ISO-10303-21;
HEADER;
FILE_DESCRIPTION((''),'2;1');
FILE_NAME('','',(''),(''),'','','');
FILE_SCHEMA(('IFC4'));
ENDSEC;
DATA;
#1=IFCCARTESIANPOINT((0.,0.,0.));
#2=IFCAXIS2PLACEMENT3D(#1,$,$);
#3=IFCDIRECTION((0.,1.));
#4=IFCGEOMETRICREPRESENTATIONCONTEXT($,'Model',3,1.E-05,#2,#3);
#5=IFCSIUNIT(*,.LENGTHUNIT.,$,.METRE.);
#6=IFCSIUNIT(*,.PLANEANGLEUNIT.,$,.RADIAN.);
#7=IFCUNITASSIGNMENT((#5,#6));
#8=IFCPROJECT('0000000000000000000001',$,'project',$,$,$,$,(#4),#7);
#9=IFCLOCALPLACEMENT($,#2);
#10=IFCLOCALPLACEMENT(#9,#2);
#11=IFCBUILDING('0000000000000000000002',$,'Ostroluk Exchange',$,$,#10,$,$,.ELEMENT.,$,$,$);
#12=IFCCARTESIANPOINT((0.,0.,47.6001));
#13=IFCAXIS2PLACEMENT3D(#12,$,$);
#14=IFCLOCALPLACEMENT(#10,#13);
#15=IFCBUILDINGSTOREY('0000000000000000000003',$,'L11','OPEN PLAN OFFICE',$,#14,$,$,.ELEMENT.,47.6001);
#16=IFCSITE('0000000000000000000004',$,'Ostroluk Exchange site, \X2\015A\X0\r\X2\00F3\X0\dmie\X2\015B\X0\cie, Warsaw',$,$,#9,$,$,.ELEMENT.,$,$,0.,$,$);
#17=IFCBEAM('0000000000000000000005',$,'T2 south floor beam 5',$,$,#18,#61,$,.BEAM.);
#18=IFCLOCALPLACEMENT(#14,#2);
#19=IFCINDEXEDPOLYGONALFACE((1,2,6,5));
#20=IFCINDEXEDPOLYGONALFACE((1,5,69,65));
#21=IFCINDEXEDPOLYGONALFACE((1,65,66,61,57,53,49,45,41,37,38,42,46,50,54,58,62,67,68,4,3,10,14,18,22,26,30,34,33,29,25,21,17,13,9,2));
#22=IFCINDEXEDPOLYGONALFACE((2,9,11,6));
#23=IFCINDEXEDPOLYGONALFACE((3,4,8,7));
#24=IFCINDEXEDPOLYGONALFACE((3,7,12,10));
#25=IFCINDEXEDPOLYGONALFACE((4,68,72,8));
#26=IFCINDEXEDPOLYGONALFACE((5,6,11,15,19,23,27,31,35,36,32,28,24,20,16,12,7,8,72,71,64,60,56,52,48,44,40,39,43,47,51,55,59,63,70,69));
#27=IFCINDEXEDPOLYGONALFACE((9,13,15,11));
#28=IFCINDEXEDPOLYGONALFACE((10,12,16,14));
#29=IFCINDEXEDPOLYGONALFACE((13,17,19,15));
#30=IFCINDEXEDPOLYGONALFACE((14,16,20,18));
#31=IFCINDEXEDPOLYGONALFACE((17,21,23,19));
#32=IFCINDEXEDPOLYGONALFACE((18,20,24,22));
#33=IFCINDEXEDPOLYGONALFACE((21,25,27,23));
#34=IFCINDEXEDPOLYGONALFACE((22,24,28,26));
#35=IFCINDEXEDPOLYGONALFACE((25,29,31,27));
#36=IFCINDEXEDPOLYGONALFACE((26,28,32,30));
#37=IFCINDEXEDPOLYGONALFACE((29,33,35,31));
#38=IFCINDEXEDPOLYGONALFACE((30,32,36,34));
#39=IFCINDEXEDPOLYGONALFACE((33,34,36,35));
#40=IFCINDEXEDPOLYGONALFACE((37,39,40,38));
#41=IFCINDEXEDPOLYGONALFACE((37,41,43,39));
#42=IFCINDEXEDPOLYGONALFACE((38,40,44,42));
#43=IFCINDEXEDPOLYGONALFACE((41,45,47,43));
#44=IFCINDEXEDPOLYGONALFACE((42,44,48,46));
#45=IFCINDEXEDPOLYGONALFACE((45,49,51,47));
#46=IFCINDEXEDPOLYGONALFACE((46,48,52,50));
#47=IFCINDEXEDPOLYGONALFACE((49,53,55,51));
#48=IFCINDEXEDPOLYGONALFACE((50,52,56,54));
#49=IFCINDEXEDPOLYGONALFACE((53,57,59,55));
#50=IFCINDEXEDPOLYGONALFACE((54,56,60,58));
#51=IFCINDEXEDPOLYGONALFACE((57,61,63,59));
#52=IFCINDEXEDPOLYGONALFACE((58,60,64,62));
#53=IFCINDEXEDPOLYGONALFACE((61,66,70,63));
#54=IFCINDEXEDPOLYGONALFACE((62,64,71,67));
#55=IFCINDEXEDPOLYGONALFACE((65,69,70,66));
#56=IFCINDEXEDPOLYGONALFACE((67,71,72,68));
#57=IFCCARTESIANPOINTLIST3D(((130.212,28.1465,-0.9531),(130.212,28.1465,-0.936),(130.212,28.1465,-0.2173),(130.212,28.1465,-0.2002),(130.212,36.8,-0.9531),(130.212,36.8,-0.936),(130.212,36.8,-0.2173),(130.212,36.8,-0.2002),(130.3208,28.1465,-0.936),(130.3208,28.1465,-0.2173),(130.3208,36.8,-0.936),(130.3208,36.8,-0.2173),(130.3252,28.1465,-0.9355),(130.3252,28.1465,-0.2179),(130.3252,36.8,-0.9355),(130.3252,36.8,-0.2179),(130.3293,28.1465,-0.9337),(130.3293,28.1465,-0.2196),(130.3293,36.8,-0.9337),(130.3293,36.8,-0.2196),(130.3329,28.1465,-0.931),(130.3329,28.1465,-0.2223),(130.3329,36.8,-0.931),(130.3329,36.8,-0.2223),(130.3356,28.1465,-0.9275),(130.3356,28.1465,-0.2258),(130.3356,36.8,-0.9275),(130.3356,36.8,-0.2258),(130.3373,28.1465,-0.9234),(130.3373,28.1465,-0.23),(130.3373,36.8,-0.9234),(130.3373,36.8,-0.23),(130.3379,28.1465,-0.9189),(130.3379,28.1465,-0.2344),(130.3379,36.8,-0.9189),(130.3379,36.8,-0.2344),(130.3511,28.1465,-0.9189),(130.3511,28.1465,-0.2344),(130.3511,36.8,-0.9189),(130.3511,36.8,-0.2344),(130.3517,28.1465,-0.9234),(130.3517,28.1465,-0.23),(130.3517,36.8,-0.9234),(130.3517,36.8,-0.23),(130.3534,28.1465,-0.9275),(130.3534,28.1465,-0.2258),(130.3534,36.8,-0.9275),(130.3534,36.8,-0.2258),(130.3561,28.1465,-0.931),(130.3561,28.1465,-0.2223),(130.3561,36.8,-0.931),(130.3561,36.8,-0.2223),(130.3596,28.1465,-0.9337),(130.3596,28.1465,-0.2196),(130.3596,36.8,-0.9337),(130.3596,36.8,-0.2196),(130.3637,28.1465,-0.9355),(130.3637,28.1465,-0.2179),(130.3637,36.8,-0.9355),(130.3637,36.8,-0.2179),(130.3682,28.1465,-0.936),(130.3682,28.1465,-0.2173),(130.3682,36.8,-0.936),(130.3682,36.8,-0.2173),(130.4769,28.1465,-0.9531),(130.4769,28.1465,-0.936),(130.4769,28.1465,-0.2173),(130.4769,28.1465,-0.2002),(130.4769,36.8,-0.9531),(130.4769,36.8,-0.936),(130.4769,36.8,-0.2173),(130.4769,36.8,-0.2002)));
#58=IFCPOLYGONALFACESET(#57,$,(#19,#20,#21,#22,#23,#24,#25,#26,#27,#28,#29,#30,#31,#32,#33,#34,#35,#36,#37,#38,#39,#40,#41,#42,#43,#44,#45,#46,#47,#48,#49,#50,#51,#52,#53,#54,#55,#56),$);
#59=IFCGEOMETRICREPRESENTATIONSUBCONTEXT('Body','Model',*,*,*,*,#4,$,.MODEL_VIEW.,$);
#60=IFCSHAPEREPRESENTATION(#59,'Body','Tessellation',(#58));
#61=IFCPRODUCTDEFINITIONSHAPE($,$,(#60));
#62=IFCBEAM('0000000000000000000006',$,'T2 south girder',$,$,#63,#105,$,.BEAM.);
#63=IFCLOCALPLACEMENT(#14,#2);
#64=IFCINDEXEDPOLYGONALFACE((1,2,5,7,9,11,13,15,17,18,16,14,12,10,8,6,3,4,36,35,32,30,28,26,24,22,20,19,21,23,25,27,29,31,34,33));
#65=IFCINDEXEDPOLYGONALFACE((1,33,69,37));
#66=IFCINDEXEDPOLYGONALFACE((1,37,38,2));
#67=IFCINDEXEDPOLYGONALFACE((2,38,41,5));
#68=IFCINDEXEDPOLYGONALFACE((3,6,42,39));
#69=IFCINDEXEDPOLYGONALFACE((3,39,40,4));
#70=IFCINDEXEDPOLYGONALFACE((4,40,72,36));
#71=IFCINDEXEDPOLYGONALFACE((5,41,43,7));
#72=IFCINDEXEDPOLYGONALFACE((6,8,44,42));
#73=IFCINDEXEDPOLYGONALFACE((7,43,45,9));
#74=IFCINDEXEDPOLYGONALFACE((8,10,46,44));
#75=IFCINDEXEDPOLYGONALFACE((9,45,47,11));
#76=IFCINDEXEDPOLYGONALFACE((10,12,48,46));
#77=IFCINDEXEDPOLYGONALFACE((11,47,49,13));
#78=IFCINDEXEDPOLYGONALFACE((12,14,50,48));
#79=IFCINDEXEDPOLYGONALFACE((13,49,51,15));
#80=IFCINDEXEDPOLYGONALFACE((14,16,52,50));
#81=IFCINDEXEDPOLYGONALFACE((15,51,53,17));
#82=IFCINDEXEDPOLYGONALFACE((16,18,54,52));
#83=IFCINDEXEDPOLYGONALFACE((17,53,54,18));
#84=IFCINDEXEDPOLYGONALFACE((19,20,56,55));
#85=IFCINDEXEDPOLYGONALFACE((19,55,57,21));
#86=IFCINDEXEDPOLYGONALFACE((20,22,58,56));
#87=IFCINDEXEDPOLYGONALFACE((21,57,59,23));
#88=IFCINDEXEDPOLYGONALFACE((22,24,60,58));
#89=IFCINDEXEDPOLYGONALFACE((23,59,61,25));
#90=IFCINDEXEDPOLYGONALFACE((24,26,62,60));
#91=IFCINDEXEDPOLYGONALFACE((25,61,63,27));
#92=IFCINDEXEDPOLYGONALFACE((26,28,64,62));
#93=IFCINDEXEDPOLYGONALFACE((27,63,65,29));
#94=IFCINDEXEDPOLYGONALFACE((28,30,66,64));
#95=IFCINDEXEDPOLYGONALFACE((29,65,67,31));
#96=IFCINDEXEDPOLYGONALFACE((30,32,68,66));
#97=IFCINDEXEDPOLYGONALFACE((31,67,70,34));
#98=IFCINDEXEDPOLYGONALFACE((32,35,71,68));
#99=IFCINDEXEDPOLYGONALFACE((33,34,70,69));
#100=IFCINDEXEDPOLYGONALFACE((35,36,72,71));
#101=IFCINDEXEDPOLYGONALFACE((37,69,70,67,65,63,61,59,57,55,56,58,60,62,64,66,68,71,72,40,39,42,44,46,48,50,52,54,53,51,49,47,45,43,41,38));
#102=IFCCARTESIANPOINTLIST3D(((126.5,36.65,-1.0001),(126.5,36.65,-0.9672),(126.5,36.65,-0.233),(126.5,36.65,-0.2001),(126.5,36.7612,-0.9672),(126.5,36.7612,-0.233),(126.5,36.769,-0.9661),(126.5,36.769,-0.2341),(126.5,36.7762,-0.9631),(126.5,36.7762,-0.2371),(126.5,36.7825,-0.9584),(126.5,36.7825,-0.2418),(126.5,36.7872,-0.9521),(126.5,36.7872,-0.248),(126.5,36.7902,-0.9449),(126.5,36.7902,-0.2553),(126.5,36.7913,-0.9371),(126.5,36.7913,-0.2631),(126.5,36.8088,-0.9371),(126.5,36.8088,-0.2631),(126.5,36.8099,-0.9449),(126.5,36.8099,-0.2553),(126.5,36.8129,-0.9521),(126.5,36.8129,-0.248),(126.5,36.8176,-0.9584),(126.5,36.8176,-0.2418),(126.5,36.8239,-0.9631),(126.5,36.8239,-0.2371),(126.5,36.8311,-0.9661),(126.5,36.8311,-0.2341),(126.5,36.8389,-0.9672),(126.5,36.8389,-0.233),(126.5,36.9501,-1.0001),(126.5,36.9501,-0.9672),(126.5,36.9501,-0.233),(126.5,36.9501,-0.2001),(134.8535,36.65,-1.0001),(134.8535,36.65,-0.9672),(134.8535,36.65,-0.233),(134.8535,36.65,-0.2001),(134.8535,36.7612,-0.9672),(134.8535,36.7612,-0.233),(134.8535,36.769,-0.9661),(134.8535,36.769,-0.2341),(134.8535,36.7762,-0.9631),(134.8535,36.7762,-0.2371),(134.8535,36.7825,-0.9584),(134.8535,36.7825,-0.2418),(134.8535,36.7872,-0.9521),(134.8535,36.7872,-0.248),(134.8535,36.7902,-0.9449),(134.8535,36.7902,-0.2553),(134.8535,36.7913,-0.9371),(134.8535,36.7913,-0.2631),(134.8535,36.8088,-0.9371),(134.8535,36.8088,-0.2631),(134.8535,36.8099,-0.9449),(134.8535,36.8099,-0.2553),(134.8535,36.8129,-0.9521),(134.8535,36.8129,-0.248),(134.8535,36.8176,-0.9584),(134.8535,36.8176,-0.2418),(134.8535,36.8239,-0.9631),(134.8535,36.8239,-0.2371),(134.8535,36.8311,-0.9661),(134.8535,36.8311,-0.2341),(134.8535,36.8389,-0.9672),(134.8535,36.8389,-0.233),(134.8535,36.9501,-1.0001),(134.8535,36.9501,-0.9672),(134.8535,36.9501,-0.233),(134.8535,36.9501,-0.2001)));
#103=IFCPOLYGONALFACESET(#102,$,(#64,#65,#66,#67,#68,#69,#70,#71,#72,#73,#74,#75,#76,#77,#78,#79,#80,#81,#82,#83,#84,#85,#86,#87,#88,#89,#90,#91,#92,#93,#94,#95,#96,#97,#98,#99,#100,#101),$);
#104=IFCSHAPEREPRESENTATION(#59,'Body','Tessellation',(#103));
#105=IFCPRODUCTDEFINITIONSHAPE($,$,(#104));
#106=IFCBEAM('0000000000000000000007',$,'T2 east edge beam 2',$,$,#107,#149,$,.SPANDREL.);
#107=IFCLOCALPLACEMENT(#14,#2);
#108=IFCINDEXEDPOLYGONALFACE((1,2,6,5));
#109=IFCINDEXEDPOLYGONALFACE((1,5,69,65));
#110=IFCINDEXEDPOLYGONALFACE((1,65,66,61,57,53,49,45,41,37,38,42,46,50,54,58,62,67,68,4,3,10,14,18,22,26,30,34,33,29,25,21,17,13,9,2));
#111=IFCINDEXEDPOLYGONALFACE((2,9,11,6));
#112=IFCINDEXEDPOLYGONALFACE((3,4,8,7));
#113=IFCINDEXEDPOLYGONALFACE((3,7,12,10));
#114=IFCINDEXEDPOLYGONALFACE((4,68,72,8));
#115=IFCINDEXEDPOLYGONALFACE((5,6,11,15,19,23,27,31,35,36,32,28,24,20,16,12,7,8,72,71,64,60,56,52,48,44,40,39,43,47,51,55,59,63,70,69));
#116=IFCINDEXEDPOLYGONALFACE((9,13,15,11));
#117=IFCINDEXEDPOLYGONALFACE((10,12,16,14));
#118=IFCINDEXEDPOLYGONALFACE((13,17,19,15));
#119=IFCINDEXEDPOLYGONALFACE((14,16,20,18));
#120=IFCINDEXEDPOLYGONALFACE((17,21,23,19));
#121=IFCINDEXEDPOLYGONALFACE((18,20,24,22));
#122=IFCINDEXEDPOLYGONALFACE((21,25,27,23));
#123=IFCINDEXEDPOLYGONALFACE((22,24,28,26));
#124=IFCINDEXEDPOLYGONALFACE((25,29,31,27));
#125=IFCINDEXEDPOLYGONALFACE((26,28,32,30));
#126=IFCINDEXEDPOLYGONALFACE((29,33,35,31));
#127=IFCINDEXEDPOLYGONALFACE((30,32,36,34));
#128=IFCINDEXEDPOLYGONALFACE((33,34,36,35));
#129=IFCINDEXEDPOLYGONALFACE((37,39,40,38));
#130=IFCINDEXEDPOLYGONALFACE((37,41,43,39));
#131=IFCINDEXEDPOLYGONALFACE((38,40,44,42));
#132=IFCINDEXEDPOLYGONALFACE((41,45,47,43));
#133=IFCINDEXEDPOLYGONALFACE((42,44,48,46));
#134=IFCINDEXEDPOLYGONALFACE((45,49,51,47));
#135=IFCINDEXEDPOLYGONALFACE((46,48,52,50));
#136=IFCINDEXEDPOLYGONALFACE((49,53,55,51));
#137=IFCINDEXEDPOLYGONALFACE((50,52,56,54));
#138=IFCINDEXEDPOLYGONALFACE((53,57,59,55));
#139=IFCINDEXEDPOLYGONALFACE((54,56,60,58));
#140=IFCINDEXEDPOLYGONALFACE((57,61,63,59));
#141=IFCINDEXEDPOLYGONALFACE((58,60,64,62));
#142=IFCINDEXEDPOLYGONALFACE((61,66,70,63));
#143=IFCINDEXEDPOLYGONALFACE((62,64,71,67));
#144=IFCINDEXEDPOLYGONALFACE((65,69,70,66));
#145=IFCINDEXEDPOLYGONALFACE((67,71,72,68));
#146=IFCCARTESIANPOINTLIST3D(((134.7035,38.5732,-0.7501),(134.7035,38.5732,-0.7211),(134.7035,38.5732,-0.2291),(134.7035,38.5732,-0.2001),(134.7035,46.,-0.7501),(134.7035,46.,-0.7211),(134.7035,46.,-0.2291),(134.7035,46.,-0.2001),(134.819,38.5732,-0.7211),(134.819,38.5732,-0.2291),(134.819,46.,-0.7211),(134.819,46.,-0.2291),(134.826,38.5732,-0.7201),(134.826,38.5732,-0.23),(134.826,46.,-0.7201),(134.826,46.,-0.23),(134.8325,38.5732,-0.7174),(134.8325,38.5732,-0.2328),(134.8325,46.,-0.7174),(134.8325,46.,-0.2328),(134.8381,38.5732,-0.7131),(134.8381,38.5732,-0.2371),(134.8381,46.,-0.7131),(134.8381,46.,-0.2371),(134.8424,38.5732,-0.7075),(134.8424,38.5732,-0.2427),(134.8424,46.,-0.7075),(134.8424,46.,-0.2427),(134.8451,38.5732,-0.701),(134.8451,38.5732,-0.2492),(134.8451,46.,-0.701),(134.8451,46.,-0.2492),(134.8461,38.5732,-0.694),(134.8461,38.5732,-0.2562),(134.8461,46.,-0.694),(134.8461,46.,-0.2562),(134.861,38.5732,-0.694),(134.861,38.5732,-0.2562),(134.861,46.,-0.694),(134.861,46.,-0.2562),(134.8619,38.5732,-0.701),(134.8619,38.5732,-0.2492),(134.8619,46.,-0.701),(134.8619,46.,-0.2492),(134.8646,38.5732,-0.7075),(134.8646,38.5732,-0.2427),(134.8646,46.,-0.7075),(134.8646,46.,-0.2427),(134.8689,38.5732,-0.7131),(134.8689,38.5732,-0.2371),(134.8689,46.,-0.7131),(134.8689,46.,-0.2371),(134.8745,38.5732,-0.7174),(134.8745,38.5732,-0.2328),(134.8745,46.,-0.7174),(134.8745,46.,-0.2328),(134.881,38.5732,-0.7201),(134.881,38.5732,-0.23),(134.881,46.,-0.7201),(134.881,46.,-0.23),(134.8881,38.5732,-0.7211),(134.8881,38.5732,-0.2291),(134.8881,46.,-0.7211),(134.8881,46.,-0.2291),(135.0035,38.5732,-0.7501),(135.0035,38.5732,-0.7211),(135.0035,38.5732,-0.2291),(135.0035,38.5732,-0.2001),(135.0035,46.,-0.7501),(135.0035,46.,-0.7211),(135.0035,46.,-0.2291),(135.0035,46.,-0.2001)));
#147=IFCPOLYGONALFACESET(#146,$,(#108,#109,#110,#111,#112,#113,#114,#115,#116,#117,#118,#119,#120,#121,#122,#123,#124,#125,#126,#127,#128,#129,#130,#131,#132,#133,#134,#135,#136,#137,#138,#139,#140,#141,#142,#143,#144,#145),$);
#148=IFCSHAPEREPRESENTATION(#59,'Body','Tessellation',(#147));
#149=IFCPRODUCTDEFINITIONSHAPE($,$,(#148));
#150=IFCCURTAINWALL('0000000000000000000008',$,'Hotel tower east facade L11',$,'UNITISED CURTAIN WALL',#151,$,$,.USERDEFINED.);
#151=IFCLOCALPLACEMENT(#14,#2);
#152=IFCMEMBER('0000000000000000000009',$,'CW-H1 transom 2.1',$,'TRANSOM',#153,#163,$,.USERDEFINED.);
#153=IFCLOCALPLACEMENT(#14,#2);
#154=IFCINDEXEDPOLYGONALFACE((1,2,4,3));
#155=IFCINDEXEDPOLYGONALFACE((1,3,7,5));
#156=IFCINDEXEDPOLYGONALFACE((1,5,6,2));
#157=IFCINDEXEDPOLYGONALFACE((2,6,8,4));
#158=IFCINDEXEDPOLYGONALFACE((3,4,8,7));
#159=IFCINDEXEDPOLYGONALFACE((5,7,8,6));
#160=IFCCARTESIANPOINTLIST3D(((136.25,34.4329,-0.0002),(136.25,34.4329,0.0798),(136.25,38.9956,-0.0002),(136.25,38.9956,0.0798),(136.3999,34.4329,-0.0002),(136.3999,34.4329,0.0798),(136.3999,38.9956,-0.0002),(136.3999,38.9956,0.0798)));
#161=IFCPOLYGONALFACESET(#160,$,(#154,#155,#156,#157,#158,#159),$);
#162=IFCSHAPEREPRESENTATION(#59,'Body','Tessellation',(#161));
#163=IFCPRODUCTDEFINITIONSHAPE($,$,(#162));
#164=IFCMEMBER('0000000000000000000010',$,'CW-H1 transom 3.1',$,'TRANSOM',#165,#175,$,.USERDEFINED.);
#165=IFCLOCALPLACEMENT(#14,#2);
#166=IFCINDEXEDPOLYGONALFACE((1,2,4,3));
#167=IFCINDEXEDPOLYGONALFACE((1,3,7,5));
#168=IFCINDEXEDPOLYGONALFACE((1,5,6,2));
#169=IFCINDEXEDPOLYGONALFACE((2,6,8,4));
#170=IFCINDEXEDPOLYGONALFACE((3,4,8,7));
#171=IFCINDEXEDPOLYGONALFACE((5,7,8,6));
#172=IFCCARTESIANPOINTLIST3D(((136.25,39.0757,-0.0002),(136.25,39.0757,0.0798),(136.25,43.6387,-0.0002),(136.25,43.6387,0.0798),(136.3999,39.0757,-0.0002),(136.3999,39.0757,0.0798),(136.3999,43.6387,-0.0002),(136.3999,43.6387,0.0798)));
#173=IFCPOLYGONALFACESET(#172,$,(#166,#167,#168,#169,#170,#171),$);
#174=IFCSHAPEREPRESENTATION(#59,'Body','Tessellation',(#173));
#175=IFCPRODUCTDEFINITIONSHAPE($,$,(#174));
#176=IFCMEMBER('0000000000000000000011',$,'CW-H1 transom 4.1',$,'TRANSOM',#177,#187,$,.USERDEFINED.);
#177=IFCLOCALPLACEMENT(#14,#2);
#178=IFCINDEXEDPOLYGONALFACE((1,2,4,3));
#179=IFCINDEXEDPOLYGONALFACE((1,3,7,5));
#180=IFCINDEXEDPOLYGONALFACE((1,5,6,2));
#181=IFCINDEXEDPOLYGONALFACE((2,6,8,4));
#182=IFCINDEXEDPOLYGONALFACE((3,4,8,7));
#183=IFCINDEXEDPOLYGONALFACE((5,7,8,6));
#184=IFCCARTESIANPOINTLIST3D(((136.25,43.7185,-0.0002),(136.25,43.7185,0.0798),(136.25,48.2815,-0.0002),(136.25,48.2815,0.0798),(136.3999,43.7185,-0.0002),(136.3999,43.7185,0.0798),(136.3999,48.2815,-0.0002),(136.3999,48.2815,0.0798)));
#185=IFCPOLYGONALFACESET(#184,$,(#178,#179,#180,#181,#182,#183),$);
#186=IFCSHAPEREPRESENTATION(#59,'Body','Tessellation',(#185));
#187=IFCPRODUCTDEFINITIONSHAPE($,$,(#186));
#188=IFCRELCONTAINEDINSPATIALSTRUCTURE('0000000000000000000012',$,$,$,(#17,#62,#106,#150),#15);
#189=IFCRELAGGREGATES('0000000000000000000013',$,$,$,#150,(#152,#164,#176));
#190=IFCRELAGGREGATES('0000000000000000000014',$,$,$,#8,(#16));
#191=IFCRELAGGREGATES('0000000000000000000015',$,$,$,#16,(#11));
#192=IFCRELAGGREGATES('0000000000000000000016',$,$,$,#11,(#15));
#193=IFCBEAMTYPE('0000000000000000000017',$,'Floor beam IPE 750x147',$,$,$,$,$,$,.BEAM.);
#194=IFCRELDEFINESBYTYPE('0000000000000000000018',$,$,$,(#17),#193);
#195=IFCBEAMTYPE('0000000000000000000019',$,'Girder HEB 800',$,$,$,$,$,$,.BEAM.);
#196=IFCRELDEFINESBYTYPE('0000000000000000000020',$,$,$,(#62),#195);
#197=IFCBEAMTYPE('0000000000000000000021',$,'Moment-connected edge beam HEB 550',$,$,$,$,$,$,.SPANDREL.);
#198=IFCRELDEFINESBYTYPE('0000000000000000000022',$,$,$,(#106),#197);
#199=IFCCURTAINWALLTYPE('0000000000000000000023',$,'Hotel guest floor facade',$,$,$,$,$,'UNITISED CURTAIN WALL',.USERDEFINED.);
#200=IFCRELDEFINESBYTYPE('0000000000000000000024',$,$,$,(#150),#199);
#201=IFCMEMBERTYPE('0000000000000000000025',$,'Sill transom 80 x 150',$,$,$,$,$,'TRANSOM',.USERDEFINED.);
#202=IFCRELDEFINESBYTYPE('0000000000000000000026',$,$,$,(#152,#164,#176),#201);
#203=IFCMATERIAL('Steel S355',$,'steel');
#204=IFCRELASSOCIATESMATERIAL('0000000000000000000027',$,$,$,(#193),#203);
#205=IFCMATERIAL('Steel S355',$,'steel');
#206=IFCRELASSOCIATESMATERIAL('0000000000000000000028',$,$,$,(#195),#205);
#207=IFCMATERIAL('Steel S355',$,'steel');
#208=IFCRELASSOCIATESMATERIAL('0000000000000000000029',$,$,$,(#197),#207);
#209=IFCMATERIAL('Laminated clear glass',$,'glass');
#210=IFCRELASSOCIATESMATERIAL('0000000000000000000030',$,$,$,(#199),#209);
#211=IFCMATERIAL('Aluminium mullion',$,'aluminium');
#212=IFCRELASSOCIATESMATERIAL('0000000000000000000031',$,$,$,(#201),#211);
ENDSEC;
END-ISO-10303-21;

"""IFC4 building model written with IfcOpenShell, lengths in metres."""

from ifc_helpers import new_model, si_unit, direction, frame, origin, origin_2d, place, context, subcontext, project, spatial, rectangle, i_section, extrude, material, material_profile, profile_set, type_object, element, aggregate, save


model = new_model("IFC4")

# Units and contexts
model_context = context("Model", 3, precision=1e-05, world=origin(), true_north=direction((0.0, 1.0)))
body_context = subcontext(model_context, "Body", "Model", "MODEL_VIEW")
ifc_project = project(units=[si_unit("LENGTHUNIT", "METRE"), si_unit("PLANEANGLEUNIT", "RADIAN")], contexts=[model_context])

# Site, building, storey
site_placement = place(None, origin())
site = spatial("IfcSite", under=ifc_project, at=site_placement, Name="Ostroluk Exchange site, Śródmieście, Warsaw", CompositionType="ELEMENT", RefElevation=0.0)
building_placement = place(site_placement, origin())
building = spatial("IfcBuilding", under=site, at=building_placement, Name="Ostroluk Exchange", CompositionType="ELEMENT")
storey_placement = place(building_placement, frame((0.0, 0.0, 47.6001)))
storey = spatial("IfcBuildingStorey", under=building, at=storey_placement, Name="L11", Description="OPEN PLAN OFFICE", CompositionType="ELEMENT", Elevation=47.6001)

# Beams
ifc_material_1 = material(Name="Steel S355", Category="steel")
ifc_material_profile_1 = material_profile(ifc_material_1, i_section(OverallWidth=0.2649, OverallDepth=0.7529, WebThickness=0.0132, FlangeThickness=0.0171, FilletRadius=0.0171, at=origin_2d()), Name="IPE 750x147")
ifc_profile_set_1 = profile_set([ifc_material_profile_1], Name="Steel S355")
beam_type_1 = type_object("IfcBeamType", Name="Floor beam IPE 750x147", PredefinedType="BEAM", material=ifc_profile_set_1)
beam_1_placement = place(storey_placement, frame((130.3445, 36.8, -0.5767), z_axis=(0.0, -1.0, 0.0), x_axis=(1.0, 0.0, 0.0)))
element("IfcBeam", 1, at=beam_1_placement, inside=storey, type_object=beam_type_1, Name="T2 south floor beam 5", PredefinedType="BEAM", context=body_context, shape_type="SweptSolid", body=[
    extrude(i_section(OverallWidth=0.2649, OverallDepth=0.7529, WebThickness=0.0132, FlangeThickness=0.0171, FilletRadius=0.0171, at=origin_2d()), origin(), (0.0, 0.0, 1.0), 8.6536),
])
ifc_material_2 = material(Name="Steel S355", Category="steel")
ifc_material_profile_2 = material_profile(ifc_material_2, i_section(OverallWidth=0.3, OverallDepth=0.8, WebThickness=0.0176, FlangeThickness=0.033, FilletRadius=0.03, at=origin_2d()), Name="HEB 800")
ifc_profile_set_2 = profile_set([ifc_material_profile_2], Name="Steel S355")
beam_type_2 = type_object("IfcBeamType", Name="Girder HEB 800", PredefinedType="BEAM", material=ifc_profile_set_2)
beam_2_placement = place(storey_placement, frame((126.5, 36.8, -0.6001), z_axis=(1.0, 0.0, 0.0), x_axis=(0.0, 1.0, 0.0)))
element("IfcBeam", 2, at=beam_2_placement, inside=storey, type_object=beam_type_2, Name="T2 south girder", PredefinedType="BEAM", context=body_context, shape_type="SweptSolid", body=[
    extrude(i_section(OverallWidth=0.3, OverallDepth=0.8, WebThickness=0.0176, FlangeThickness=0.033, FilletRadius=0.03, at=origin_2d()), origin(), (0.0, 0.0, 1.0), 8.3535),
])
ifc_material_3 = material(Name="Steel S355", Category="steel")
ifc_material_profile_3 = material_profile(ifc_material_3, i_section(OverallWidth=0.3, OverallDepth=0.55, WebThickness=0.0149, FlangeThickness=0.0291, FilletRadius=0.0271, at=origin_2d()), Name="HEB 550")
ifc_profile_set_3 = profile_set([ifc_material_profile_3], Name="Steel S355")
beam_type_3 = type_object("IfcBeamType", Name="Moment-connected edge beam HEB 550", PredefinedType="SPANDREL", material=ifc_profile_set_3)
beam_3_placement = place(storey_placement, frame((134.8535, 38.5732, -0.4751), z_axis=(0.0, 1.0, 0.0), x_axis=(-1.0, 0.0, 0.0)))
element("IfcBeam", 3, at=beam_3_placement, inside=storey, type_object=beam_type_3, Name="T2 east edge beam 2", PredefinedType="SPANDREL", context=body_context, shape_type="SweptSolid", body=[
    extrude(i_section(OverallWidth=0.3, OverallDepth=0.55, WebThickness=0.0149, FlangeThickness=0.0291, FilletRadius=0.0271, at=origin_2d()), origin(), (0.0, 0.0, 1.0), 7.4268),
])

# Curtain wall, members
ifc_material_4 = material(Name="Laminated clear glass", Category="glass")
curtain_wall_type = type_object("IfcCurtainWallType", Name="Hotel guest floor facade", ElementType="UNITISED CURTAIN WALL", PredefinedType="USERDEFINED", material=ifc_material_4)
curtain_wall_placement = place(storey_placement, origin())
curtain_wall = element("IfcCurtainWall", 4, at=curtain_wall_placement, inside=storey, type_object=curtain_wall_type, Name="Hotel tower east facade L11", ObjectType="UNITISED CURTAIN WALL", PredefinedType="USERDEFINED")
ifc_material_5 = material(Name="Aluminium mullion", Category="aluminium")
ifc_material_profile_4 = material_profile(ifc_material_5, rectangle(XDim=0.1499, YDim=0.0801, at=origin_2d()), Name="Sill transom 80 x 150")
ifc_profile_set_4 = profile_set([ifc_material_profile_4], Name="Aluminium mullion")
member_type_1 = type_object("IfcMemberType", Name="Sill transom 80 x 150", ElementType="TRANSOM", PredefinedType="USERDEFINED", material=ifc_profile_set_4)
member_1_placement = place(storey_placement, frame((136.325, 34.4329, 0.0398), z_axis=(0.0, 1.0, 0.0), x_axis=(-1.0, 0.0, 0.0)))
member_1 = element("IfcMember", 5, at=member_1_placement, type_object=member_type_1, Name="CW-H1 transom 2.1", ObjectType="TRANSOM", PredefinedType="USERDEFINED", context=body_context, shape_type="SweptSolid", body=[
    extrude(rectangle(XDim=0.1499, YDim=0.0801, at=origin_2d()), origin(), (0.0, 0.0, 1.0), 4.5627),
])
member_2_placement = place(storey_placement, frame((136.325, 39.0757, 0.0398), z_axis=(0.0, 1.0, 0.0), x_axis=(-1.0, 0.0, 0.0)))
member_2 = element("IfcMember", 6, at=member_2_placement, type_object=member_type_1, Name="CW-H1 transom 3.1", ObjectType="TRANSOM", PredefinedType="USERDEFINED", context=body_context, shape_type="SweptSolid", body=[
    extrude(rectangle(XDim=0.1499, YDim=0.0801, at=origin_2d()), origin(), (0.0, 0.0, 1.0), 4.563),
])
member_3_placement = place(storey_placement, frame((136.325, 43.7185, 0.0398), z_axis=(0.0, 1.0, 0.0), x_axis=(-1.0, 0.0, 0.0)))
member_3 = element("IfcMember", 7, at=member_3_placement, type_object=member_type_1, Name="CW-H1 transom 4.1", ObjectType="TRANSOM", PredefinedType="USERDEFINED", context=body_context, shape_type="SweptSolid", body=[
    extrude(rectangle(XDim=0.1499, YDim=0.0801, at=origin_2d()), origin(), (0.0, 0.0, 1.0), 4.563),
])
aggregate(curtain_wall, [member_1, member_2, member_3])

save(model, "model.ifc")
